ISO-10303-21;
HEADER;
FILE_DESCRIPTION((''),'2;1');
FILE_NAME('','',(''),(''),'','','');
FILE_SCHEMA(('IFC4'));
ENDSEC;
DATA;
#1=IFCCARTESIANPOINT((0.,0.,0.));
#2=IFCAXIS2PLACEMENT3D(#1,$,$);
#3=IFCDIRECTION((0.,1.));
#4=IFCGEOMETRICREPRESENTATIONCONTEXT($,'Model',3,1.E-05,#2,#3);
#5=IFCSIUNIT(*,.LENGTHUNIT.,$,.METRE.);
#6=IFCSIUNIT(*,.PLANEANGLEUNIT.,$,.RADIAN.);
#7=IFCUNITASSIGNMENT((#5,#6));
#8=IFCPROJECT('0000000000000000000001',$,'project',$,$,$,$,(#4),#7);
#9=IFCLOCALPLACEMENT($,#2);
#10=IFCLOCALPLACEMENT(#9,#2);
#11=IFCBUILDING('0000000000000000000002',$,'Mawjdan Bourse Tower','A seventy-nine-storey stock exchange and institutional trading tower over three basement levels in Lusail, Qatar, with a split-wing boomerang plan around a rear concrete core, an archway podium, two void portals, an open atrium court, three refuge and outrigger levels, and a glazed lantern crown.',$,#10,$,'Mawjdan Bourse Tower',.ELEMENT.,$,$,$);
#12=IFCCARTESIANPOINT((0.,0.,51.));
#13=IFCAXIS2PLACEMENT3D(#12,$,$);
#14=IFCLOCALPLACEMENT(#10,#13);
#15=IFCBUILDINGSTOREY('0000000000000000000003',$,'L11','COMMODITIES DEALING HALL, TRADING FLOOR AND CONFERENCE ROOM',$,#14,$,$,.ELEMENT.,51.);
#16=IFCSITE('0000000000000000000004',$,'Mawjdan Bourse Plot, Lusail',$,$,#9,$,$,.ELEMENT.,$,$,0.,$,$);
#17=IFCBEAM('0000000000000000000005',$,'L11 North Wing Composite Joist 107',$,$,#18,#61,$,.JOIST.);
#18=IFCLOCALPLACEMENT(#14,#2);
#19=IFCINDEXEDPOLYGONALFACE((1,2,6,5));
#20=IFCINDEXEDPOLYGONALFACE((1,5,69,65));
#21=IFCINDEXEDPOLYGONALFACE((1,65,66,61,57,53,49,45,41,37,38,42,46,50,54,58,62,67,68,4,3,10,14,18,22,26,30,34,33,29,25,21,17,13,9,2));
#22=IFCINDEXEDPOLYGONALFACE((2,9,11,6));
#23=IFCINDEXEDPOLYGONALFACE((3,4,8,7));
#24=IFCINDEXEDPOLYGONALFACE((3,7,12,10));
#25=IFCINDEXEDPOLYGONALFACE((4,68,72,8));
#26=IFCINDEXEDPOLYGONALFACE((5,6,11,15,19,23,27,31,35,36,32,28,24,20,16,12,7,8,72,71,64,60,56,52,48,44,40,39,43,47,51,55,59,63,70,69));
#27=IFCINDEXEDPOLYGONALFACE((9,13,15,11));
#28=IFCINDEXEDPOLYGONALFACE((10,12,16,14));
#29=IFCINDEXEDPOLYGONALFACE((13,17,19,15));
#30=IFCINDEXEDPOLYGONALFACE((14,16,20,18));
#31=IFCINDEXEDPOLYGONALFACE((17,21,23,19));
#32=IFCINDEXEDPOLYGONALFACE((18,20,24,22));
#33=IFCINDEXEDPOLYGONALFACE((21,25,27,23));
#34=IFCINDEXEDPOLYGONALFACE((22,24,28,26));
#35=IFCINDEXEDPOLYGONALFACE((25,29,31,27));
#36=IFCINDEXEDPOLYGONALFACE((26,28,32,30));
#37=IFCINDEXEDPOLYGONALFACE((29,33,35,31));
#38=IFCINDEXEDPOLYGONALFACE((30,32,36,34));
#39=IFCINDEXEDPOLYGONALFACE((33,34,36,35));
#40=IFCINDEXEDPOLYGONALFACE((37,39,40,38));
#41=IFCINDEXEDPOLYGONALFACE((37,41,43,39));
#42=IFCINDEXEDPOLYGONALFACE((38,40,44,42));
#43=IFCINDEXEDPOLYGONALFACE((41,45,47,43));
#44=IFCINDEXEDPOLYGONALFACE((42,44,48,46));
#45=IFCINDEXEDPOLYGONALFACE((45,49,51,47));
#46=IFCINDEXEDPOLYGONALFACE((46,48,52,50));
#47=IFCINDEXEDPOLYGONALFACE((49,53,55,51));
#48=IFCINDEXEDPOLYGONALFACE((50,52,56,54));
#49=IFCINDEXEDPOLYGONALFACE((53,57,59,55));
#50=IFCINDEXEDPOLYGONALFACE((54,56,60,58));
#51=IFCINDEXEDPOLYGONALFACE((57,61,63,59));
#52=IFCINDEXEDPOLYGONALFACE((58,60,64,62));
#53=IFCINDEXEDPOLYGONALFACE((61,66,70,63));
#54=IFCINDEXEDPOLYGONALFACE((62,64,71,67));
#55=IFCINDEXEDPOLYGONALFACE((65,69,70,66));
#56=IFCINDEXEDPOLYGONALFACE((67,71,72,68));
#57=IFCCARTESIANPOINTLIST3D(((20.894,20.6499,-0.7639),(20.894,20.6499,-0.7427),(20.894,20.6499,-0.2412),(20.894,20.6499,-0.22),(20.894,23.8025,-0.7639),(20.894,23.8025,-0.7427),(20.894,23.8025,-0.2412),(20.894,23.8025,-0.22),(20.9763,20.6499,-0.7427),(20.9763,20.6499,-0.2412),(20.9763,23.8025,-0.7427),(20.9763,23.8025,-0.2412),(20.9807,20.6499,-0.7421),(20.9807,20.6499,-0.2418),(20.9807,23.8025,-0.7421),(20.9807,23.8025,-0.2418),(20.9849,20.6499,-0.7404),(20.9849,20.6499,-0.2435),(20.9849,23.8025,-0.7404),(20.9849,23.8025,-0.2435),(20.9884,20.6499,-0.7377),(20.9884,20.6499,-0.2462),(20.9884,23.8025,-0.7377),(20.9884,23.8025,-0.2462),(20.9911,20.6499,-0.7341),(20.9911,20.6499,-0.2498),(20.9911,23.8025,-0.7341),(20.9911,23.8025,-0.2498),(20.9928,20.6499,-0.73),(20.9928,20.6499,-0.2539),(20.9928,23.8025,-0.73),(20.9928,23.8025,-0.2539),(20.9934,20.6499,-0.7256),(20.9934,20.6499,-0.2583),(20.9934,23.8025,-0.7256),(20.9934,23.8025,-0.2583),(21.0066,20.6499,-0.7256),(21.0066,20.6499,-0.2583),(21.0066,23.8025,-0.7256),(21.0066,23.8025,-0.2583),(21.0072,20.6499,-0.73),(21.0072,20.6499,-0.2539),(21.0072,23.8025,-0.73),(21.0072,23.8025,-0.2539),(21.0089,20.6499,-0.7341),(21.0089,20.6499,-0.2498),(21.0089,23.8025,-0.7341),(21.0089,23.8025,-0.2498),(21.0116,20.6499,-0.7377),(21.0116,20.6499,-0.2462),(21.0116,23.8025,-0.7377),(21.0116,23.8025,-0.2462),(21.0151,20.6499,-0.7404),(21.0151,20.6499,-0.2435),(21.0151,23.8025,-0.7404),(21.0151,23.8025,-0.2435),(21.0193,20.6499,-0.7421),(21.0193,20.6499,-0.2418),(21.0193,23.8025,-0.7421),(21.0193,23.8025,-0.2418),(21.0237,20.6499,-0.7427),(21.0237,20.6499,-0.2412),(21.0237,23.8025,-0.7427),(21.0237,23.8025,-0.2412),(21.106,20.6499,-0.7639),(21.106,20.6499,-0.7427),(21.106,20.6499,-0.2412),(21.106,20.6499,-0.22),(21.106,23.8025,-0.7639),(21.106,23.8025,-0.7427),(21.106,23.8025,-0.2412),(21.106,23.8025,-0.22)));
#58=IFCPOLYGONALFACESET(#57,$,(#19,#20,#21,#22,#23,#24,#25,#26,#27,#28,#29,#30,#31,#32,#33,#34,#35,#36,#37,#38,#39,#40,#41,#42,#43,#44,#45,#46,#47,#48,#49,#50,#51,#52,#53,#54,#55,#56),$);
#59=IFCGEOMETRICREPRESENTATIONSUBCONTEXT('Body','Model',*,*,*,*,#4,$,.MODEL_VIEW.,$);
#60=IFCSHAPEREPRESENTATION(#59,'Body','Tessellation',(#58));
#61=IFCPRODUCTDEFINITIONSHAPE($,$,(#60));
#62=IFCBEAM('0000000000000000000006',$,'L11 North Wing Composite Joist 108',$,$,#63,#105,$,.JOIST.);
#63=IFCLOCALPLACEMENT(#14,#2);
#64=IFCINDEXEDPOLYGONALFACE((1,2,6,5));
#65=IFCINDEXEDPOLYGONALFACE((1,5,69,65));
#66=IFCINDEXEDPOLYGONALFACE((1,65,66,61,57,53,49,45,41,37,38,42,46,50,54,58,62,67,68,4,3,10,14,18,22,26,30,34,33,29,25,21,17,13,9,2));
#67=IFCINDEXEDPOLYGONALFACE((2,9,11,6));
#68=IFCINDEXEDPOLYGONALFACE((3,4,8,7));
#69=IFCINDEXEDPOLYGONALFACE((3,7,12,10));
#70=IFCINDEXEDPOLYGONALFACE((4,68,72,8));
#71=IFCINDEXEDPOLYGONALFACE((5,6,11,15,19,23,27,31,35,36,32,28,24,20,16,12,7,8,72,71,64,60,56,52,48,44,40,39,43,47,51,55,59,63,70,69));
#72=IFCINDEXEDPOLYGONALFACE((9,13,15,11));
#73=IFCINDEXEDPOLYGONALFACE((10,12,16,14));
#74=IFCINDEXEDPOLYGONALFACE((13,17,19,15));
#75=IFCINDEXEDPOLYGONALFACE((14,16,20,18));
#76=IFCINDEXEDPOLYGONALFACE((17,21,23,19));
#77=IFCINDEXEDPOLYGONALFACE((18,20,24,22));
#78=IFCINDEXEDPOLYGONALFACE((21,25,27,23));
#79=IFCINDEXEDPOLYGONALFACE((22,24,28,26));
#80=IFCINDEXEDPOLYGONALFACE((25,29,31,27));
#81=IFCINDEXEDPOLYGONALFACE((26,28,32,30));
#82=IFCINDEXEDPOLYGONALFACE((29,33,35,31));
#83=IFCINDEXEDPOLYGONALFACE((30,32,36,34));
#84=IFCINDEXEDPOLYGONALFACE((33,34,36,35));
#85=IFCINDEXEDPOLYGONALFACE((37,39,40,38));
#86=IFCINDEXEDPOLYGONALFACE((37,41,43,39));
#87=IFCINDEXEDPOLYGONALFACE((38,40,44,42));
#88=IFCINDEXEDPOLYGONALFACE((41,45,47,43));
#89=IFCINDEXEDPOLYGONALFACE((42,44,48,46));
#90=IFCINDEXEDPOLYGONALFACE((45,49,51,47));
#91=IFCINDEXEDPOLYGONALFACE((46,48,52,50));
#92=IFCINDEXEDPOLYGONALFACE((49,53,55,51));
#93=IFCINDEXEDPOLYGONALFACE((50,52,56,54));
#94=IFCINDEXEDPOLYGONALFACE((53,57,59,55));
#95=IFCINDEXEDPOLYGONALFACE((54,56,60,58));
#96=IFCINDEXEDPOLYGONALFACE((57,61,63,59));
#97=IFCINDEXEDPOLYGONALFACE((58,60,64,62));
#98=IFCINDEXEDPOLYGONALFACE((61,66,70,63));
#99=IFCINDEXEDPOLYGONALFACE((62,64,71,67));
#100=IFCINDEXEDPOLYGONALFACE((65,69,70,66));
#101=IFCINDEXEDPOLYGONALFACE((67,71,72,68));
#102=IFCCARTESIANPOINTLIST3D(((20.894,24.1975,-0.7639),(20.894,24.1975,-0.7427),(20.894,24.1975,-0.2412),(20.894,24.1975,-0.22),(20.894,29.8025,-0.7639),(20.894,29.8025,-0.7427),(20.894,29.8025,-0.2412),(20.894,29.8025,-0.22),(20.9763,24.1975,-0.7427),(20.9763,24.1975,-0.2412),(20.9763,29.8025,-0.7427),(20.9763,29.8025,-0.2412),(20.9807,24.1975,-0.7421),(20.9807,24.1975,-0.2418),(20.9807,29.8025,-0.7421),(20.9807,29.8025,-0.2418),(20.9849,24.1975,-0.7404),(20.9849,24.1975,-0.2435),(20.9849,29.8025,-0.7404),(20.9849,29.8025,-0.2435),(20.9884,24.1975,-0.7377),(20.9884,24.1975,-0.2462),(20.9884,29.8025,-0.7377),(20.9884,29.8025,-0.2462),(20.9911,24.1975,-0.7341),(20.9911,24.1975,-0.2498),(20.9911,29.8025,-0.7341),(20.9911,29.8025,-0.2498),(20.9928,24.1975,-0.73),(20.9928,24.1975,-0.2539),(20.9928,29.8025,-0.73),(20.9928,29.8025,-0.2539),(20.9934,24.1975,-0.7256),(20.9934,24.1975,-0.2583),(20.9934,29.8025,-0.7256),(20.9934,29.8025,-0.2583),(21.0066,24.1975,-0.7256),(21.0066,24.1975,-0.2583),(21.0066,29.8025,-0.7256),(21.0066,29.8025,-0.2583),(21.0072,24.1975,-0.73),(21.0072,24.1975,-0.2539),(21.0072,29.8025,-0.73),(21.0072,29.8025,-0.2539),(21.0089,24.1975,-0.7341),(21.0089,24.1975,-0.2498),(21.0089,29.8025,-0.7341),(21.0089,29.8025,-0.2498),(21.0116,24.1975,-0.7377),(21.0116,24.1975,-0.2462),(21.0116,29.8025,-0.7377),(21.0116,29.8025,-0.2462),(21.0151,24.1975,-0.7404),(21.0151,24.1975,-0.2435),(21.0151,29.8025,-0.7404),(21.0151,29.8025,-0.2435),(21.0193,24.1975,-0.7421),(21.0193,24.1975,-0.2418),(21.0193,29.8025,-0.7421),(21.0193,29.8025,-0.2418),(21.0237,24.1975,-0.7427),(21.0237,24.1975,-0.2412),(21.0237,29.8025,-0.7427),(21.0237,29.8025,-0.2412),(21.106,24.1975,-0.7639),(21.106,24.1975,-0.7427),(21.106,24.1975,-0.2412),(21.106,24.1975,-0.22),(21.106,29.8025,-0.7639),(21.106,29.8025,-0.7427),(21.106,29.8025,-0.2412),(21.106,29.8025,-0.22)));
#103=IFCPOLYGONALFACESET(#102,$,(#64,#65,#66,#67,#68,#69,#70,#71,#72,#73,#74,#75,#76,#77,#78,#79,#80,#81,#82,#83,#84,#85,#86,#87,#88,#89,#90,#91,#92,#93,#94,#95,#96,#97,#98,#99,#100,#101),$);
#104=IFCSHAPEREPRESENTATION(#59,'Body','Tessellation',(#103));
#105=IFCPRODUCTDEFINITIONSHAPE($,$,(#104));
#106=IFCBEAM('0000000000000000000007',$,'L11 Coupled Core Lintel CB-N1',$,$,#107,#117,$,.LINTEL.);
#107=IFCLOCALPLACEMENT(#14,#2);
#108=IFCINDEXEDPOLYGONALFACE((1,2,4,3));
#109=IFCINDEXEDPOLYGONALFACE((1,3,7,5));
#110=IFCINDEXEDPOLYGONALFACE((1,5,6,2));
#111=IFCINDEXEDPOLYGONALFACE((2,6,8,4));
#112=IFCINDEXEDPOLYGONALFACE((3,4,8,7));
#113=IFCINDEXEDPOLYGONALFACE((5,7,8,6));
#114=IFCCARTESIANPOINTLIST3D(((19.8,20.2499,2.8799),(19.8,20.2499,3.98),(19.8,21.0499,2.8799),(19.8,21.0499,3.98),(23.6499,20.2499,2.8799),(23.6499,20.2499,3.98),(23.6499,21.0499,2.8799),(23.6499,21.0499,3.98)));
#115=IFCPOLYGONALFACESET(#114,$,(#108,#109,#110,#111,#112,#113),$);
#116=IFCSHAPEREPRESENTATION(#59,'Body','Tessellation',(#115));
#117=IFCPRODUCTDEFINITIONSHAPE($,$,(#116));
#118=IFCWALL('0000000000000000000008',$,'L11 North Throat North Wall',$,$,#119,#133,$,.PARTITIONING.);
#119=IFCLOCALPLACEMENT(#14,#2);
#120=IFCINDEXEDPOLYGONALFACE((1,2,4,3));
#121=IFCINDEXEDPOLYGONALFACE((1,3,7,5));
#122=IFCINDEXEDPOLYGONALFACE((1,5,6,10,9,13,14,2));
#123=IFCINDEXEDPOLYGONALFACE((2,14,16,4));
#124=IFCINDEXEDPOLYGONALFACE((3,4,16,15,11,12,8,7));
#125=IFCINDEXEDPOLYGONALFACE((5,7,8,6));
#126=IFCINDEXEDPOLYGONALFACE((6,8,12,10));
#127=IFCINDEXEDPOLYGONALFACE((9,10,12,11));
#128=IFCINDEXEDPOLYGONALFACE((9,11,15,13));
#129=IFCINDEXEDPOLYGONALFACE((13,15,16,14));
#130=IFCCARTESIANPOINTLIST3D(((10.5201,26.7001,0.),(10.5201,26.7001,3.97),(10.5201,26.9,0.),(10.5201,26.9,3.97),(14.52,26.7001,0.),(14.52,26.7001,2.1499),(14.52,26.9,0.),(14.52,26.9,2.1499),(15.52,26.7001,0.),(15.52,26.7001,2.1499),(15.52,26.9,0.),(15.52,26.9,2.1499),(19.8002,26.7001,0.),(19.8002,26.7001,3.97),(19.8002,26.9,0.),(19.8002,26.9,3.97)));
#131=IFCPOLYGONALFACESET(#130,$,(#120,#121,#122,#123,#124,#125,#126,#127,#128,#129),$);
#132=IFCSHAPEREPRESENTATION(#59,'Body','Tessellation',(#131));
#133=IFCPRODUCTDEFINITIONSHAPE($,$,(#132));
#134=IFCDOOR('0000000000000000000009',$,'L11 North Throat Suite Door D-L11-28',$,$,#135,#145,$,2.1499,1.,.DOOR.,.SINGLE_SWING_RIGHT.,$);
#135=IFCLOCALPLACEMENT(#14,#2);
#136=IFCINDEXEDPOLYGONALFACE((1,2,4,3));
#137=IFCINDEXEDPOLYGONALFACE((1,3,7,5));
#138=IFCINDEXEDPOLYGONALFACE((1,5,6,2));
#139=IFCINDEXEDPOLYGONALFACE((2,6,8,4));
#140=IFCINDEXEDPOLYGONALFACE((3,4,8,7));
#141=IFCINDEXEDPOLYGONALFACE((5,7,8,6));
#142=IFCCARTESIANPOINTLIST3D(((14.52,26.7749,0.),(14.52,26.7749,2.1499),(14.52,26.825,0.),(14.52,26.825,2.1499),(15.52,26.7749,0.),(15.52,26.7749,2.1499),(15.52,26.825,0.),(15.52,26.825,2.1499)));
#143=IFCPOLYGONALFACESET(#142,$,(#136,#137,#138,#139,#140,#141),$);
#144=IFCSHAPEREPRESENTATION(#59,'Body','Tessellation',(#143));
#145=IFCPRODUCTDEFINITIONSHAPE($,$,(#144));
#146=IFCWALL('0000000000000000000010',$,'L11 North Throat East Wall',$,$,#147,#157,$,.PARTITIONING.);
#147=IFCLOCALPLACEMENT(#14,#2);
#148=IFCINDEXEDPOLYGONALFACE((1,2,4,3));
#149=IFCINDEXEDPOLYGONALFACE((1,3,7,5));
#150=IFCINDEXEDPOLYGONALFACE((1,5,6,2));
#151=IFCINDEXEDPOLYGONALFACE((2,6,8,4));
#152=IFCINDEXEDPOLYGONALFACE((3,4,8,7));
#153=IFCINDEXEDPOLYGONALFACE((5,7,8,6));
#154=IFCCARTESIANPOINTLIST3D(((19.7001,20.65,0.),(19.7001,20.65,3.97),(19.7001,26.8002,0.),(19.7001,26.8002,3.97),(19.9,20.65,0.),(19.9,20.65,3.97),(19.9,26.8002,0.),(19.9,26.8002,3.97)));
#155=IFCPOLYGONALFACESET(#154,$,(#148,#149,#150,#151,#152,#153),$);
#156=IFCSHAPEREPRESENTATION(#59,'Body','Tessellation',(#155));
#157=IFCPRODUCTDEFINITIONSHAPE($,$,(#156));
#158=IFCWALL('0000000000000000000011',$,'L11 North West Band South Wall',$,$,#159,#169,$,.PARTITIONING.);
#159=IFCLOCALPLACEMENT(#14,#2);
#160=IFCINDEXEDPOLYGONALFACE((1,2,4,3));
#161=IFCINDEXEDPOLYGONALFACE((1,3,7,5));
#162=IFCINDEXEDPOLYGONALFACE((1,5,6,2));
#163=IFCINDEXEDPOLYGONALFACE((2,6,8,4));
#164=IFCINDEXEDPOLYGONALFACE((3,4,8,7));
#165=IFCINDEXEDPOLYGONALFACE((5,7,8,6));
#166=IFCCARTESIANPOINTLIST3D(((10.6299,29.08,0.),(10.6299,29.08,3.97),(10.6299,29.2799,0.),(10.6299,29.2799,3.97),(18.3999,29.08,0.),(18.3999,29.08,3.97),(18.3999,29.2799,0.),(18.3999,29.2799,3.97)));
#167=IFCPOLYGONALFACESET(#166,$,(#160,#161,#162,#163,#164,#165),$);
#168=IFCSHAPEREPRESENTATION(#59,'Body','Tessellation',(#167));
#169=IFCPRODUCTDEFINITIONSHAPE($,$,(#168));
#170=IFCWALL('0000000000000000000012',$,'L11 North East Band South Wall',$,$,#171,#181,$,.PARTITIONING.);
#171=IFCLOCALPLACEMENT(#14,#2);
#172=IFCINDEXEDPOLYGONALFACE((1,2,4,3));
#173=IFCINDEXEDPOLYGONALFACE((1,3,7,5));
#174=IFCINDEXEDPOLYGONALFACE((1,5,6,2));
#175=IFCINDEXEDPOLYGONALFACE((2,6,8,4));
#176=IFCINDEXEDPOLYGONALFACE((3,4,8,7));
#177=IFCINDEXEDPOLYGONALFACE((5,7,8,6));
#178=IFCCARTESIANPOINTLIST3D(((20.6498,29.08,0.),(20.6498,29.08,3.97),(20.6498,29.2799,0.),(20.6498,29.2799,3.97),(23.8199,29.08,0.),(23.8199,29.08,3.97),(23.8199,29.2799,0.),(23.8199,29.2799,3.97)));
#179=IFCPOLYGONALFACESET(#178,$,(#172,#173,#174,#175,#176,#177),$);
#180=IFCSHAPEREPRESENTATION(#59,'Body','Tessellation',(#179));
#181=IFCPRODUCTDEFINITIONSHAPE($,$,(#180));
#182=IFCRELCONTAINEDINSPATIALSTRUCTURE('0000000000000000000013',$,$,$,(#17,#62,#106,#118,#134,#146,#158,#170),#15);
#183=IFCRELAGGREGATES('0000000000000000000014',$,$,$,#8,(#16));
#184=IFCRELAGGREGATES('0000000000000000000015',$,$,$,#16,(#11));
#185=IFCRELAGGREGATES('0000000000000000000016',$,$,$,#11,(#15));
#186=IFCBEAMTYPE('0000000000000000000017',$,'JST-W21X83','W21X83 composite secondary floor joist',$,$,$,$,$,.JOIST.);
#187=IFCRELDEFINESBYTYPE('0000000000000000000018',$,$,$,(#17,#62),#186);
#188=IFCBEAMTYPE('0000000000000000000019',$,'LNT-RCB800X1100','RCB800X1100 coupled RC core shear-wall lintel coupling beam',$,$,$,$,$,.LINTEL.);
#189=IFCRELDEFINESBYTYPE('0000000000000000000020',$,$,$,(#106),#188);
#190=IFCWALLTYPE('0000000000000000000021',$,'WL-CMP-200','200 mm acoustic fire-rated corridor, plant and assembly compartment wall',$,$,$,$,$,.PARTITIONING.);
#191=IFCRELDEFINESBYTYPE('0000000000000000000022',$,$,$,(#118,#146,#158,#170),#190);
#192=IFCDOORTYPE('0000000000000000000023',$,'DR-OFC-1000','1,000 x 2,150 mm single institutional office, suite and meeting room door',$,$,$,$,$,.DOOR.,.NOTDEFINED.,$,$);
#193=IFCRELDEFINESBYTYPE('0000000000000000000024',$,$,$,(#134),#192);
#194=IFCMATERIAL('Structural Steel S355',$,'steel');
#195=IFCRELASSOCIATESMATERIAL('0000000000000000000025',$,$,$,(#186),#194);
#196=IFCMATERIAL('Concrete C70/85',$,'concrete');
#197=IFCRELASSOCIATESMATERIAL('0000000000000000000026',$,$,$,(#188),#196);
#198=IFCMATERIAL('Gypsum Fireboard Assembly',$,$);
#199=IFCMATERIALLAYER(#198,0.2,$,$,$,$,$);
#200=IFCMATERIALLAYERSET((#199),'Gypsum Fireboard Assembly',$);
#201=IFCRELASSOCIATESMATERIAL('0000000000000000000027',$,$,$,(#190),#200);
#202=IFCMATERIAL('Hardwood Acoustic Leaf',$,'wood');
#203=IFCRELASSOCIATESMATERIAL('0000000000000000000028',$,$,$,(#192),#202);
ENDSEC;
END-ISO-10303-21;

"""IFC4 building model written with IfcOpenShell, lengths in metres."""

from ifc_helpers import new_model, si_unit, direction, frame, frame_2d, origin, origin_2d, place, context, subcontext, project, spatial, rectangle, i_section, extrude, material, layer, layer_set, material_profile, profile_set, type_object, element, fill, save


model = new_model("IFC4")

# Units and contexts
model_context = context("Model", 3, precision=1e-05, world=origin(), true_north=direction((0.0, 1.0)))
body_context = subcontext(model_context, "Body", "Model", "MODEL_VIEW")
ifc_project = project(units=[si_unit("LENGTHUNIT", "METRE"), si_unit("PLANEANGLEUNIT", "RADIAN")], contexts=[model_context])

# Site, building, storey
site_placement = place(None, origin())
site = spatial("IfcSite", under=ifc_project, at=site_placement, Name="Mawjdan Bourse Plot, Lusail", CompositionType="ELEMENT", RefElevation=0.0)
building_placement = place(site_placement, origin())
building = spatial("IfcBuilding", under=site, at=building_placement, Name="Mawjdan Bourse Tower", Description="A seventy-nine-storey stock exchange and institutional trading tower over three basement levels in Lusail, Qatar, with a split-wing boomerang plan around a rear concrete core, an archway podium, two void portals, an open atrium court, three refuge and outrigger levels, and a glazed lantern crown.", LongName="Mawjdan Bourse Tower", CompositionType="ELEMENT")
storey_placement = place(building_placement, frame((0.0, 0.0, 51.0)))
storey = spatial("IfcBuildingStorey", under=building, at=storey_placement, Name="L11", Description="COMMODITIES DEALING HALL, TRADING FLOOR AND CONFERENCE ROOM", CompositionType="ELEMENT", Elevation=51.0)

# Beams
ifc_material_1 = material(Name="Structural Steel S355", Category="steel")
ifc_material_profile_1 = material_profile(ifc_material_1, i_section(OverallWidth=0.2119, OverallDepth=0.5439, WebThickness=0.0132, FlangeThickness=0.0212, FilletRadius=0.0171, at=origin_2d()), Name="W21X83")
ifc_profile_set_1 = profile_set([ifc_material_profile_1], Name="Structural Steel S355")
beam_type_1 = type_object("IfcBeamType", Name="JST-W21X83", Description="W21X83 composite secondary floor joist", PredefinedType="JOIST", material=ifc_profile_set_1)
beam_1_placement = place(storey_placement, frame((21.0, 20.6499, -0.4919), z_axis=(0.0, 1.0, 0.0), x_axis=(-1.0, 0.0, 0.0)))
element("IfcBeam", 1, at=beam_1_placement, inside=storey, type_object=beam_type_1, Name="L11 North Wing Composite Joist 107", PredefinedType="JOIST", context=body_context, shape_type="SweptSolid", body=[
    extrude(i_section(OverallWidth=0.2119, OverallDepth=0.5439, WebThickness=0.0132, FlangeThickness=0.0212, FilletRadius=0.0171, at=origin_2d()), origin(), (0.0, 0.0, 1.0), 3.1526),
])
beam_2_placement = place(storey_placement, frame((21.0, 24.1975, -0.4919), z_axis=(0.0, 1.0, 0.0), x_axis=(-1.0, 0.0, 0.0)))
element("IfcBeam", 2, at=beam_2_placement, inside=storey, type_object=beam_type_1, Name="L11 North Wing Composite Joist 108", PredefinedType="JOIST", context=body_context, shape_type="SweptSolid", body=[
    extrude(i_section(OverallWidth=0.2119, OverallDepth=0.5439, WebThickness=0.0132, FlangeThickness=0.0212, FilletRadius=0.0171, at=origin_2d()), origin(), (0.0, 0.0, 1.0), 5.605),
])
ifc_material_2 = material(Name="Concrete C70/85", Category="concrete")
ifc_material_profile_2 = material_profile(ifc_material_2, rectangle(XDim=0.8, YDim=1.1001, at=origin_2d()), Name="RCB800X1100")
ifc_profile_set_2 = profile_set([ifc_material_profile_2], Name="Concrete C70/85")
beam_type_2 = type_object("IfcBeamType", Name="LNT-RCB800X1100", Description="RCB800X1100 coupled RC core shear-wall lintel coupling beam", PredefinedType="LINTEL", material=ifc_profile_set_2)
beam_3_placement = place(storey_placement, frame((19.8, 20.6499, 3.4299), z_axis=(1.0, 0.0, 0.0), x_axis=(0.0, 1.0, 0.0)))
element("IfcBeam", 3, at=beam_3_placement, inside=storey, type_object=beam_type_2, Name="L11 Coupled Core Lintel CB-N1", PredefinedType="LINTEL", context=body_context, shape_type="SweptSolid", body=[
    extrude(rectangle(XDim=0.8, YDim=1.1001, at=origin_2d()), origin(), (0.0, 0.0, 1.0), 3.8499),
])

# Wall, opening, door
ifc_material_3 = material(Name="Gypsum Fireboard Assembly")
ifc_layer_1 = layer(ifc_material_3, 0.2)
ifc_layer_set_1 = layer_set([ifc_layer_1], Name="Gypsum Fireboard Assembly")
wall_type_1 = type_object("IfcWallType", Name="WL-CMP-200", Description="200 mm acoustic fire-rated corridor, plant and assembly compartment wall", PredefinedType="PARTITIONING", material=ifc_layer_set_1)
wall_1_placement = place(storey_placement, frame((10.52, 26.8, 0.0), z_axis=(0.0, 0.0, 1.0), x_axis=(1.0, 0.0, 0.0)))
wall_1 = element("IfcWall", 4, at=wall_1_placement, inside=storey, type_object=wall_type_1, Name="L11 North Throat North Wall", PredefinedType="PARTITIONING", context=body_context, shape_type="SweptSolid", body=[
    extrude(rectangle(XDim=9.28, YDim=0.2, at=frame_2d((4.6401, 0.0))), origin(), (0.0, 0.0, 1.0), 3.97),
])
opening_1_placement = place(wall_1_placement, frame((4.0, 0.0, 0.0)))
opening_1 = element("IfcOpeningElement", 5, at=opening_1_placement, cuts=wall_1, PredefinedType="OPENING", context=body_context, shape_type="SweptSolid", body=[
    extrude(rectangle(XDim=1.0, YDim=2.1499, at=frame_2d((0.5, 1.075))), frame((0.0, 0.1099, 0.0), z_axis=(0.0, -1.0, 0.0), x_axis=(1.0, 0.0, 0.0)), (0.0, 0.0, 1.0), 0.22),
])
ifc_material_4 = material(Name="Hardwood Acoustic Leaf", Category="wood")
door_type_1 = type_object("IfcDoorType", Name="DR-OFC-1000", Description="1,000 x 2,150 mm single institutional office, suite and meeting room door", OperationType="NOTDEFINED", PredefinedType="DOOR", material=ifc_material_4)
door_1_placement = place(opening_1_placement, origin())
door_1 = element("IfcDoor", 6, at=door_1_placement, inside=storey, type_object=door_type_1, Name="L11 North Throat Suite Door D-L11-28", OperationType="SINGLE_SWING_RIGHT", OverallHeight=2.1499, OverallWidth=1.0, PredefinedType="DOOR", context=body_context, shape_type="SweptSolid", body=[
    extrude(rectangle(XDim=1.0, YDim=2.1499, at=frame_2d((0.5, 1.075))), frame((0.0, 0.0249, 0.0), z_axis=(0.0, -1.0, 0.0), x_axis=(1.0, 0.0, 0.0)), (0.0, 0.0, 1.0), 0.05),
])
fill(opening_1, door_1)

# Walls
wall_2_placement = place(storey_placement, frame((19.8, 20.6499, 0.0), z_axis=(0.0, 0.0, 1.0), x_axis=(0.0, 1.0, 0.0)))
element("IfcWall", 7, at=wall_2_placement, inside=storey, type_object=wall_type_1, Name="L11 North Throat East Wall", PredefinedType="PARTITIONING", context=body_context, shape_type="SweptSolid", body=[
    extrude(rectangle(XDim=6.1501, YDim=0.2, at=frame_2d((3.0752, 0.0))), origin(), (0.0, 0.0, 1.0), 3.97),
])
wall_3_placement = place(storey_placement, frame((10.6299, 29.1799, 0.0), z_axis=(0.0, 0.0, 1.0), x_axis=(1.0, 0.0, 0.0)))
element("IfcWall", 8, at=wall_3_placement, inside=storey, type_object=wall_type_1, Name="L11 North West Band South Wall", PredefinedType="PARTITIONING", context=body_context, shape_type="SweptSolid", body=[
    extrude(rectangle(XDim=7.77, YDim=0.2, at=frame_2d((3.885, 0.0))), origin(), (0.0, 0.0, 1.0), 3.97),
])
wall_4_placement = place(storey_placement, frame((20.6499, 29.1799, 0.0), z_axis=(0.0, 0.0, 1.0), x_axis=(1.0, 0.0, 0.0)))
element("IfcWall", 9, at=wall_4_placement, inside=storey, type_object=wall_type_1, Name="L11 North East Band South Wall", PredefinedType="PARTITIONING", context=body_context, shape_type="SweptSolid", body=[
    extrude(rectangle(XDim=3.1702, YDim=0.2, at=frame_2d((1.585, 0.0))), origin(), (0.0, 0.0, 1.0), 3.97),
])

save(model, "model.ifc")
